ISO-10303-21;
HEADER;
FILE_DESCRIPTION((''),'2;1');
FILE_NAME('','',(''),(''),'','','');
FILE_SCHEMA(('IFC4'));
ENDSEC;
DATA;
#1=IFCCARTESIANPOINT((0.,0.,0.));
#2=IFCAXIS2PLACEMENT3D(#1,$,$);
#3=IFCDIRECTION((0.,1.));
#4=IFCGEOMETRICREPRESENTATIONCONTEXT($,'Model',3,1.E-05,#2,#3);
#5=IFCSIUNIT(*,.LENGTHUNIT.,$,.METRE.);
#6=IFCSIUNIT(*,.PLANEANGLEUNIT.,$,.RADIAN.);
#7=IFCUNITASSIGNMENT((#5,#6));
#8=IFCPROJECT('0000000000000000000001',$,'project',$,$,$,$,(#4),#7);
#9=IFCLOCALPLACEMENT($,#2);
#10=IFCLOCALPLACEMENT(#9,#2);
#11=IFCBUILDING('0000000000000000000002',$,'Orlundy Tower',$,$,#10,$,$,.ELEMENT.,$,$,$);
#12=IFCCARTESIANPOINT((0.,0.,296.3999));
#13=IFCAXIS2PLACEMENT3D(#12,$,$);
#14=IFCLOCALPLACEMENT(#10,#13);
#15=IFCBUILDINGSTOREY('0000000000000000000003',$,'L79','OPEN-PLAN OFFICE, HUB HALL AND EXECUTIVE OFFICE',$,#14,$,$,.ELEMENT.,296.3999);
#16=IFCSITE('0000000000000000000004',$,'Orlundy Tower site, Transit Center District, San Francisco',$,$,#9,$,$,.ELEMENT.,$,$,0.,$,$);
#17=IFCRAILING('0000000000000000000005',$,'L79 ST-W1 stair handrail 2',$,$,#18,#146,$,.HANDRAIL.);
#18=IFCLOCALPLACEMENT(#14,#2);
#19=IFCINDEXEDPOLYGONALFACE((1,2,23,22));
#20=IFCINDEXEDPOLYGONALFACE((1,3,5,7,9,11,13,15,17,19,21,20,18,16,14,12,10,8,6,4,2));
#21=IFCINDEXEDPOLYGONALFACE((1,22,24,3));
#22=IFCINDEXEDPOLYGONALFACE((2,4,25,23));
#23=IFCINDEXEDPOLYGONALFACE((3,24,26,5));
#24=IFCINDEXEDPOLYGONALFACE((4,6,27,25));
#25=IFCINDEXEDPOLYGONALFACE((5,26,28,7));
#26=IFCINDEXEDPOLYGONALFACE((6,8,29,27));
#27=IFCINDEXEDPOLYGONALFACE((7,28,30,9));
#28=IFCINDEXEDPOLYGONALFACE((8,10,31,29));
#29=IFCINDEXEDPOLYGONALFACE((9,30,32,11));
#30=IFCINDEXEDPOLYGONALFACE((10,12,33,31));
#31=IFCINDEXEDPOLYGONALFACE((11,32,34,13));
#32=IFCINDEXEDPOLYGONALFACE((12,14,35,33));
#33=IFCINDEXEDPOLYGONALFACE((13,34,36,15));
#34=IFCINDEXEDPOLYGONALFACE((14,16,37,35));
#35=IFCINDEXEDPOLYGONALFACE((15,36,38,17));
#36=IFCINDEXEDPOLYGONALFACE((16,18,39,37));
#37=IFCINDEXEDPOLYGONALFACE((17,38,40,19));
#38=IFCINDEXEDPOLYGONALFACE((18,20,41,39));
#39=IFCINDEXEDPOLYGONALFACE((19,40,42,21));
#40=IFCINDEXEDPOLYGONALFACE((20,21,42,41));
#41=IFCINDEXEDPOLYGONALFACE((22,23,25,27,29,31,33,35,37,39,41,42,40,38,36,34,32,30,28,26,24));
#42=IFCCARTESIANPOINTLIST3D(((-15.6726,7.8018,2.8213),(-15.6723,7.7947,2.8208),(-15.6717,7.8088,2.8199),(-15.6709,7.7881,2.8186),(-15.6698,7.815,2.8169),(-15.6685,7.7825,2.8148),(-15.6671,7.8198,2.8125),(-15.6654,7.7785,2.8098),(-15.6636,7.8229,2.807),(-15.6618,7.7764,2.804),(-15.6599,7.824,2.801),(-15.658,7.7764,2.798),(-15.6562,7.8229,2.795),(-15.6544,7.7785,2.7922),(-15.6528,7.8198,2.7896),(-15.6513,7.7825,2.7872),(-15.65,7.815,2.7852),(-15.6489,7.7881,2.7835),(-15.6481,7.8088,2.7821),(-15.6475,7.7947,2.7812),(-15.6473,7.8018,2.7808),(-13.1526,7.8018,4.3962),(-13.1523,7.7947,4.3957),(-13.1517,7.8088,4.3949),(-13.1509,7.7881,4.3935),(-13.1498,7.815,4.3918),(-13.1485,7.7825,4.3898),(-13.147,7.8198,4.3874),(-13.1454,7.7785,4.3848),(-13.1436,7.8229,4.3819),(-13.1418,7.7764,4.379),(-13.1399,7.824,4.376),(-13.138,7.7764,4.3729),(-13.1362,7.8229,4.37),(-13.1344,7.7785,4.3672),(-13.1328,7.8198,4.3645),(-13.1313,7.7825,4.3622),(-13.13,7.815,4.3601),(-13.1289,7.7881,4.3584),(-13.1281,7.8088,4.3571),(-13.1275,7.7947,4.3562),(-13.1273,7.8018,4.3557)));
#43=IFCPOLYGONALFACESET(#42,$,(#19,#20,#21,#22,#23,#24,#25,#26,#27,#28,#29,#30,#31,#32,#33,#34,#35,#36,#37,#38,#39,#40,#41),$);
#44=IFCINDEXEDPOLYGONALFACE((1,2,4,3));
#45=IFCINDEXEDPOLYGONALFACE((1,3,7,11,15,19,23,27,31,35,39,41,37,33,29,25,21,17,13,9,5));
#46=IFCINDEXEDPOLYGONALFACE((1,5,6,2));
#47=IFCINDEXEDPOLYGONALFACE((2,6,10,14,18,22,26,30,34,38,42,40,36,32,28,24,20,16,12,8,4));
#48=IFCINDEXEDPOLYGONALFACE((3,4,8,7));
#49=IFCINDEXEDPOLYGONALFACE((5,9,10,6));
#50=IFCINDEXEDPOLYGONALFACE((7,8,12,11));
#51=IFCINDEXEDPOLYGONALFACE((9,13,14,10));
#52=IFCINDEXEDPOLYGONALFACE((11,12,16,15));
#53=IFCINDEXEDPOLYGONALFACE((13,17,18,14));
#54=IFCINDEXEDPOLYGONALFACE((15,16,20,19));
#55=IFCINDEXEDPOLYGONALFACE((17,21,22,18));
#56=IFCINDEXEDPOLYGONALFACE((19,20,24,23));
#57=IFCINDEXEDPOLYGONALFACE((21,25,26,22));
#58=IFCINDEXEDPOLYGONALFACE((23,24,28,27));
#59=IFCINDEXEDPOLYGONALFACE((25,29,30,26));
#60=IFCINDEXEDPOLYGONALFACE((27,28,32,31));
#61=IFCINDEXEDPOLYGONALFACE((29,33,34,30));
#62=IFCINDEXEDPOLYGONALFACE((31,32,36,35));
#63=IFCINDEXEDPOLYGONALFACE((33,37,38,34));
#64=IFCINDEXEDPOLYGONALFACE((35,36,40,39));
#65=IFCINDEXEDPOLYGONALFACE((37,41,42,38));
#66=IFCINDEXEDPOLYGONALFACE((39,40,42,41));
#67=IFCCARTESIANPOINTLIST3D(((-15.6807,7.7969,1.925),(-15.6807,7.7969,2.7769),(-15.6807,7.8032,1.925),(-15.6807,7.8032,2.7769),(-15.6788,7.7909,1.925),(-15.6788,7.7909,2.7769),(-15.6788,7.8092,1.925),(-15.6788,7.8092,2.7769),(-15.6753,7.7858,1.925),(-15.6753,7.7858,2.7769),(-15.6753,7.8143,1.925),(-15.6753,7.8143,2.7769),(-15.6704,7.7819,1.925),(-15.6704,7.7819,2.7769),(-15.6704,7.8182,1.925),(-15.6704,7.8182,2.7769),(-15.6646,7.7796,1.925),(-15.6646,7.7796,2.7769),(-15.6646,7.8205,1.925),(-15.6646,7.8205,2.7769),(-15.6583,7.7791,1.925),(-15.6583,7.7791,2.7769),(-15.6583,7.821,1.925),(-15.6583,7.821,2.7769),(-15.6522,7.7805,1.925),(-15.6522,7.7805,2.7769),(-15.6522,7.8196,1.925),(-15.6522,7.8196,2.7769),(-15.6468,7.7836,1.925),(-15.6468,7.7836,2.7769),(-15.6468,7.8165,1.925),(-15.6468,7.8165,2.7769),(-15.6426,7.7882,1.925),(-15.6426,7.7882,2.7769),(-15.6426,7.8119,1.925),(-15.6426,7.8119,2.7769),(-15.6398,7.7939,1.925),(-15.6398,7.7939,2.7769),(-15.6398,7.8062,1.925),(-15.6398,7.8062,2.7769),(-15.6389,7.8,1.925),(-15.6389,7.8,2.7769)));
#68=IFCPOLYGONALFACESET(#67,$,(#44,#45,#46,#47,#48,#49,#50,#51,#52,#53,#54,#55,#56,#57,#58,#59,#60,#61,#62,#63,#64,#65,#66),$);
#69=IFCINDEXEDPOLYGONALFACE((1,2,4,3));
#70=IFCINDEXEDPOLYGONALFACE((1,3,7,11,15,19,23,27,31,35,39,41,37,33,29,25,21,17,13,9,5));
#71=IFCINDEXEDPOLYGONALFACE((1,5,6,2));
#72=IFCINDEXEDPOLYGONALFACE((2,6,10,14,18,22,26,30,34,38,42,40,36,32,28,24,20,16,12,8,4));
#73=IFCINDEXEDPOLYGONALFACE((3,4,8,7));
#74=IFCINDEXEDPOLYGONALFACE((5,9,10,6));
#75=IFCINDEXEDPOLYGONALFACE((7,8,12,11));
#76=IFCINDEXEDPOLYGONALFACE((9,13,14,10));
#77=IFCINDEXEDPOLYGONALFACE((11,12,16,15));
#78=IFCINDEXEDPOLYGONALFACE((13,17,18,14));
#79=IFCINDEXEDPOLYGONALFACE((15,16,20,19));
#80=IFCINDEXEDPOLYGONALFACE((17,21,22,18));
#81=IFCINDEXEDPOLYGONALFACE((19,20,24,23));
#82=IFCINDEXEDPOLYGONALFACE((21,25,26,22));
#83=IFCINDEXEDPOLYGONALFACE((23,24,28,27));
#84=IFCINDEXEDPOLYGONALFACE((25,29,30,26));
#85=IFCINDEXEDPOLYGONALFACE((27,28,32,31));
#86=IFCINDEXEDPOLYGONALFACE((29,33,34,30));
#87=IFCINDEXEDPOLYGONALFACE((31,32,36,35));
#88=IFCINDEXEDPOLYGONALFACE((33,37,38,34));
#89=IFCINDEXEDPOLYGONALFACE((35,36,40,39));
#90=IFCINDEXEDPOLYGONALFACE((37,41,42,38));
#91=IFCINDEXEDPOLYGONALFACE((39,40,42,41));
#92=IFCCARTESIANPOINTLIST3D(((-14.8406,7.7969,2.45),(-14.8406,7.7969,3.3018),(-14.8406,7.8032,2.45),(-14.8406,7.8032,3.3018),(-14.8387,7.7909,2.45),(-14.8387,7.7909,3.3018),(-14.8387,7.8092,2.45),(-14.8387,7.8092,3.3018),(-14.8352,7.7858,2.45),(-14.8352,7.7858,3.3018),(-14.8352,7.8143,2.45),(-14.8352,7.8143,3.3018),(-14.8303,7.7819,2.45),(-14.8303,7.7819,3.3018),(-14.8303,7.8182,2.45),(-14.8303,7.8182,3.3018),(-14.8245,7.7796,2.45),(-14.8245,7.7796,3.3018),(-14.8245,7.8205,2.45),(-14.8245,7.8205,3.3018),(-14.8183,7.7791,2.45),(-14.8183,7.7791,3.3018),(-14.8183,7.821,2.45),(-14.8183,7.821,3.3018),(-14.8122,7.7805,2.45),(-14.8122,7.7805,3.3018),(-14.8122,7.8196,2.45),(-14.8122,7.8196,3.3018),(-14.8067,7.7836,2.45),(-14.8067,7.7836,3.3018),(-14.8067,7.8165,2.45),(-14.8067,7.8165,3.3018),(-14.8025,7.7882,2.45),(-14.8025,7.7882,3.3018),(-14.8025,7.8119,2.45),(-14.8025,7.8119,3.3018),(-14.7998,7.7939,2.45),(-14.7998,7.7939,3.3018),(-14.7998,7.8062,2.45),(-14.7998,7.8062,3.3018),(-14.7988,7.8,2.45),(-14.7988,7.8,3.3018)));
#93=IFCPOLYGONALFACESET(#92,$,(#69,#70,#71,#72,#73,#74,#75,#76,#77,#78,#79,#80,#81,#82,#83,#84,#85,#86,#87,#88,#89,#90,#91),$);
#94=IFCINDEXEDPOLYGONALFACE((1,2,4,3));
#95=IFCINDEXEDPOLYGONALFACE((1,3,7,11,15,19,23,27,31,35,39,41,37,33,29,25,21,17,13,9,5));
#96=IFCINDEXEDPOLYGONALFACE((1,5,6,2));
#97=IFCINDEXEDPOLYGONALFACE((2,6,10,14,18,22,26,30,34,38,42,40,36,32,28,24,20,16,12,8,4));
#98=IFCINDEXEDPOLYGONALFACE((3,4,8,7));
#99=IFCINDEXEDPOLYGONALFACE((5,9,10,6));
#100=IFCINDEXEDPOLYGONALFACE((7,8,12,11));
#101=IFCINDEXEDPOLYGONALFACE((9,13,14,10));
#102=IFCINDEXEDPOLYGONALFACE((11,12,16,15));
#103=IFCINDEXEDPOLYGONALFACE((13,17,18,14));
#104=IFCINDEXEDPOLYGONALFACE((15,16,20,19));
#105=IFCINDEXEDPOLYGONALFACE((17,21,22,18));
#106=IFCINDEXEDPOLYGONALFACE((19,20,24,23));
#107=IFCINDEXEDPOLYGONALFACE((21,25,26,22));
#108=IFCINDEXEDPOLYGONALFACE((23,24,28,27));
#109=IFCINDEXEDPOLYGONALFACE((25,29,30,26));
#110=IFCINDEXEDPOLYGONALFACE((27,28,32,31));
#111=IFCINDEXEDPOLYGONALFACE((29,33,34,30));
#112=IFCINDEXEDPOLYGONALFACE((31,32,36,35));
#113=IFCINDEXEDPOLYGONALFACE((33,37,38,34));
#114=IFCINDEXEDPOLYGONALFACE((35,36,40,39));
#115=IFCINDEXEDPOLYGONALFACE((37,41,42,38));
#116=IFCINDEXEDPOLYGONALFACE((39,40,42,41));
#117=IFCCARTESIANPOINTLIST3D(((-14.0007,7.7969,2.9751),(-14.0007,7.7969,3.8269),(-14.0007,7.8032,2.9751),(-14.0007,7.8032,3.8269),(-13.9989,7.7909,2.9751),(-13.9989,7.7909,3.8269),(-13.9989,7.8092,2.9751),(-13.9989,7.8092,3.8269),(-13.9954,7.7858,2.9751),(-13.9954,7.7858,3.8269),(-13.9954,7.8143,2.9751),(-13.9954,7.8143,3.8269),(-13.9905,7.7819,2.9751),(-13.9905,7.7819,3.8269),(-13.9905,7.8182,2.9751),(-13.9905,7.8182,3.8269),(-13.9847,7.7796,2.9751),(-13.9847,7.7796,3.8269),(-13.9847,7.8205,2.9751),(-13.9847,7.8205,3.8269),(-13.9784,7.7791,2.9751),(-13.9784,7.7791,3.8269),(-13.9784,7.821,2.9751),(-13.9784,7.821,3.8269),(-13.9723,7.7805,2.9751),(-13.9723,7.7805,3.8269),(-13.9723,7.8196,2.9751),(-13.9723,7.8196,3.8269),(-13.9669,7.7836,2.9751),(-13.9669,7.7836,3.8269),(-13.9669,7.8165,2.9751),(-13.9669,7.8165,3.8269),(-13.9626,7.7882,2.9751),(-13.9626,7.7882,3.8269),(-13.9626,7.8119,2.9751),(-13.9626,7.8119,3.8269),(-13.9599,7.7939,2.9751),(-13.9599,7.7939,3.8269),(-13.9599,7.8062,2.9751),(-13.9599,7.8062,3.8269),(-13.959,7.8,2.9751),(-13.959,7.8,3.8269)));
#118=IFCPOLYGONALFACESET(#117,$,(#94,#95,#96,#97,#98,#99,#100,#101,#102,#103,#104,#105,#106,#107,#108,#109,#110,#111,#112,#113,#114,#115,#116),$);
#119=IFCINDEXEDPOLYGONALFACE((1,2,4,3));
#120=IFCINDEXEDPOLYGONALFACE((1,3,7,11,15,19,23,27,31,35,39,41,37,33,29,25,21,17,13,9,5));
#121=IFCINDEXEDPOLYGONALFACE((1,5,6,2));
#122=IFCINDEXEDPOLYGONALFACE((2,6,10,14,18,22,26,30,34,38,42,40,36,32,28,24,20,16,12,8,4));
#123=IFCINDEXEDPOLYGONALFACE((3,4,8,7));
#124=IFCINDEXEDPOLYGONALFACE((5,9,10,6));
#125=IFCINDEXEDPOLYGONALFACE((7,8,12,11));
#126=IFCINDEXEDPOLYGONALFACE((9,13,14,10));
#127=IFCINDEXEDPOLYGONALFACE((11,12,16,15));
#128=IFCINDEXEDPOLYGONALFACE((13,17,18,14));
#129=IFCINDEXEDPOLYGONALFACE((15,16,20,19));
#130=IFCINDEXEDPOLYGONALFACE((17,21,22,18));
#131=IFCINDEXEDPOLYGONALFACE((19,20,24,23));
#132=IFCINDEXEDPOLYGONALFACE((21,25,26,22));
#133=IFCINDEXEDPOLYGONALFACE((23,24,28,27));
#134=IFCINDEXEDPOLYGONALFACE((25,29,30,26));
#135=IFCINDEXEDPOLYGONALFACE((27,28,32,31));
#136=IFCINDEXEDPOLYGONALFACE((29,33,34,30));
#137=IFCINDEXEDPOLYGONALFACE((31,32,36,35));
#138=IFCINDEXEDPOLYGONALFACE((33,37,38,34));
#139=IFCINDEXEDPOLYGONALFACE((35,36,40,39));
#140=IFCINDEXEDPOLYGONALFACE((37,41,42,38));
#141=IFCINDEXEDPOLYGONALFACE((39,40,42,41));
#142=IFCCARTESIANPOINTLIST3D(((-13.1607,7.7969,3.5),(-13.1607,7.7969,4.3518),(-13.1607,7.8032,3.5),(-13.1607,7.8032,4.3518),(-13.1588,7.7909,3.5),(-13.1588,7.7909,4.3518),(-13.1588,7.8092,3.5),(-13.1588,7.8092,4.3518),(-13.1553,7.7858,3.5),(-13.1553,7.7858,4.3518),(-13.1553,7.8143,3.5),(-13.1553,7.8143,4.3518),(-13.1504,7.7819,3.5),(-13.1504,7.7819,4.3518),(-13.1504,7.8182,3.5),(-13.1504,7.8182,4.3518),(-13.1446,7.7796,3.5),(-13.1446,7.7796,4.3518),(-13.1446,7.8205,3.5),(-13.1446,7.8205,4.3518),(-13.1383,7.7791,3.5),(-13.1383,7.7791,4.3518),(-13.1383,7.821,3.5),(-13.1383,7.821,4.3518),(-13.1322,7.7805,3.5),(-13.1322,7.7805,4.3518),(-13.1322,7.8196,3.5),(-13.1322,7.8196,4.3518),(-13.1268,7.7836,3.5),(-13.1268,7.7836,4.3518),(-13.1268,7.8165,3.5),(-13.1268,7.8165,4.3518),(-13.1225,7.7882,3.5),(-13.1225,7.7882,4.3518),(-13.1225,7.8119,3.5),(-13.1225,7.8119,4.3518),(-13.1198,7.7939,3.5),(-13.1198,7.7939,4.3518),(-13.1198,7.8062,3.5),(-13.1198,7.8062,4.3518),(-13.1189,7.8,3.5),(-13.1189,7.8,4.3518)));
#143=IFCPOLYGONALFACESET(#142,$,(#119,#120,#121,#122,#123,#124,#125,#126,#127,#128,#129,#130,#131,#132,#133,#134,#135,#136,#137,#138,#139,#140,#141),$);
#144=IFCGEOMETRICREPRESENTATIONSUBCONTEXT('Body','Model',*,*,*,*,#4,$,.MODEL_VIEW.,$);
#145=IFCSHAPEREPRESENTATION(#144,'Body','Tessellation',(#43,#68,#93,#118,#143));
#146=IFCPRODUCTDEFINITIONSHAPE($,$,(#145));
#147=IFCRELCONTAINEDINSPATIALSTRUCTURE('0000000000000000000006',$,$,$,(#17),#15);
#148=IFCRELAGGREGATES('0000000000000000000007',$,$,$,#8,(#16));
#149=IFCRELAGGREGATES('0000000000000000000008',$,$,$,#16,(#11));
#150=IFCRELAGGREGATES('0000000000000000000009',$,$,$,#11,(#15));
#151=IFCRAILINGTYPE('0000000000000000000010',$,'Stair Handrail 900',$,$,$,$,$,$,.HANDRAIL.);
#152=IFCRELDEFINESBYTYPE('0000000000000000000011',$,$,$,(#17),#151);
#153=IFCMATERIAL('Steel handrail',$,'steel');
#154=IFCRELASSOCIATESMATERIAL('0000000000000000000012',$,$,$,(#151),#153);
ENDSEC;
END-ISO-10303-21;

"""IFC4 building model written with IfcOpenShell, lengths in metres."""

from ifc_helpers import new_model, si_unit, direction, frame, origin, origin_2d, place, context, subcontext, project, spatial, circle, extrude, material, type_object, element, save


model = new_model("IFC4")

# Units and contexts
model_context = context("Model", 3, precision=1e-05, world=origin(), true_north=direction((0.0, 1.0)))
body_context = subcontext(model_context, "Body", "Model", "MODEL_VIEW")
ifc_project = project(units=[si_unit("LENGTHUNIT", "METRE"), si_unit("PLANEANGLEUNIT", "RADIAN")], contexts=[model_context])

# Site, building, storey
site_placement = place(None, origin())
site = spatial("IfcSite", under=ifc_project, at=site_placement, Name="Orlundy Tower site, Transit Center District, San Francisco", CompositionType="ELEMENT", RefElevation=0.0)
building_placement = place(site_placement, origin())
building = spatial("IfcBuilding", under=site, at=building_placement, Name="Orlundy Tower", CompositionType="ELEMENT")
storey_placement = place(building_placement, frame((0.0, 0.0, 296.3999)))
storey = spatial("IfcBuildingStorey", under=building, at=storey_placement, Name="L79", Description="OPEN-PLAN OFFICE, HUB HALL AND EXECUTIVE OFFICE", CompositionType="ELEMENT", Elevation=296.3999)

# Railing
ifc_material_1 = material(Name="Steel handrail", Category="steel")
railing_type_1 = type_object("IfcRailingType", Name="Stair Handrail 900", PredefinedType="HANDRAIL", material=ifc_material_1)
railing_1_placement = place(storey_placement, frame((-15.6599, 7.8, 1.925)))
element("IfcRailing", 1, at=railing_1_placement, inside=storey, type_object=railing_type_1, Name="L79 ST-W1 stair handrail 2", PredefinedType="HANDRAIL", context=body_context, shape_type="SweptSolid", body=[
    extrude(circle(Radius=0.0239, at=origin_2d()), frame((0.0, 0.0, 0.876), z_axis=(0.848008, 0.0, 0.529984), x_axis=(0.0, 1.0, 0.0)), (0.0, 0.0, 1.0), 2.9717),
    extrude(circle(Radius=0.021, at=origin_2d()), origin(), (0.0, 0.0, 1.0), 0.8518),
    extrude(circle(Radius=0.021, at=origin_2d()), frame((0.8401, 0.0, 0.5249)), (0.0, 0.0, 1.0), 0.8518),
    extrude(circle(Radius=0.021, at=origin_2d()), frame((1.6799, 0.0, 1.05)), (0.0, 0.0, 1.0), 0.8518),
    extrude(circle(Radius=0.021, at=origin_2d()), frame((2.52, 0.0, 1.575)), (0.0, 0.0, 1.0), 0.8518),
])

save(model, "model.ifc")
